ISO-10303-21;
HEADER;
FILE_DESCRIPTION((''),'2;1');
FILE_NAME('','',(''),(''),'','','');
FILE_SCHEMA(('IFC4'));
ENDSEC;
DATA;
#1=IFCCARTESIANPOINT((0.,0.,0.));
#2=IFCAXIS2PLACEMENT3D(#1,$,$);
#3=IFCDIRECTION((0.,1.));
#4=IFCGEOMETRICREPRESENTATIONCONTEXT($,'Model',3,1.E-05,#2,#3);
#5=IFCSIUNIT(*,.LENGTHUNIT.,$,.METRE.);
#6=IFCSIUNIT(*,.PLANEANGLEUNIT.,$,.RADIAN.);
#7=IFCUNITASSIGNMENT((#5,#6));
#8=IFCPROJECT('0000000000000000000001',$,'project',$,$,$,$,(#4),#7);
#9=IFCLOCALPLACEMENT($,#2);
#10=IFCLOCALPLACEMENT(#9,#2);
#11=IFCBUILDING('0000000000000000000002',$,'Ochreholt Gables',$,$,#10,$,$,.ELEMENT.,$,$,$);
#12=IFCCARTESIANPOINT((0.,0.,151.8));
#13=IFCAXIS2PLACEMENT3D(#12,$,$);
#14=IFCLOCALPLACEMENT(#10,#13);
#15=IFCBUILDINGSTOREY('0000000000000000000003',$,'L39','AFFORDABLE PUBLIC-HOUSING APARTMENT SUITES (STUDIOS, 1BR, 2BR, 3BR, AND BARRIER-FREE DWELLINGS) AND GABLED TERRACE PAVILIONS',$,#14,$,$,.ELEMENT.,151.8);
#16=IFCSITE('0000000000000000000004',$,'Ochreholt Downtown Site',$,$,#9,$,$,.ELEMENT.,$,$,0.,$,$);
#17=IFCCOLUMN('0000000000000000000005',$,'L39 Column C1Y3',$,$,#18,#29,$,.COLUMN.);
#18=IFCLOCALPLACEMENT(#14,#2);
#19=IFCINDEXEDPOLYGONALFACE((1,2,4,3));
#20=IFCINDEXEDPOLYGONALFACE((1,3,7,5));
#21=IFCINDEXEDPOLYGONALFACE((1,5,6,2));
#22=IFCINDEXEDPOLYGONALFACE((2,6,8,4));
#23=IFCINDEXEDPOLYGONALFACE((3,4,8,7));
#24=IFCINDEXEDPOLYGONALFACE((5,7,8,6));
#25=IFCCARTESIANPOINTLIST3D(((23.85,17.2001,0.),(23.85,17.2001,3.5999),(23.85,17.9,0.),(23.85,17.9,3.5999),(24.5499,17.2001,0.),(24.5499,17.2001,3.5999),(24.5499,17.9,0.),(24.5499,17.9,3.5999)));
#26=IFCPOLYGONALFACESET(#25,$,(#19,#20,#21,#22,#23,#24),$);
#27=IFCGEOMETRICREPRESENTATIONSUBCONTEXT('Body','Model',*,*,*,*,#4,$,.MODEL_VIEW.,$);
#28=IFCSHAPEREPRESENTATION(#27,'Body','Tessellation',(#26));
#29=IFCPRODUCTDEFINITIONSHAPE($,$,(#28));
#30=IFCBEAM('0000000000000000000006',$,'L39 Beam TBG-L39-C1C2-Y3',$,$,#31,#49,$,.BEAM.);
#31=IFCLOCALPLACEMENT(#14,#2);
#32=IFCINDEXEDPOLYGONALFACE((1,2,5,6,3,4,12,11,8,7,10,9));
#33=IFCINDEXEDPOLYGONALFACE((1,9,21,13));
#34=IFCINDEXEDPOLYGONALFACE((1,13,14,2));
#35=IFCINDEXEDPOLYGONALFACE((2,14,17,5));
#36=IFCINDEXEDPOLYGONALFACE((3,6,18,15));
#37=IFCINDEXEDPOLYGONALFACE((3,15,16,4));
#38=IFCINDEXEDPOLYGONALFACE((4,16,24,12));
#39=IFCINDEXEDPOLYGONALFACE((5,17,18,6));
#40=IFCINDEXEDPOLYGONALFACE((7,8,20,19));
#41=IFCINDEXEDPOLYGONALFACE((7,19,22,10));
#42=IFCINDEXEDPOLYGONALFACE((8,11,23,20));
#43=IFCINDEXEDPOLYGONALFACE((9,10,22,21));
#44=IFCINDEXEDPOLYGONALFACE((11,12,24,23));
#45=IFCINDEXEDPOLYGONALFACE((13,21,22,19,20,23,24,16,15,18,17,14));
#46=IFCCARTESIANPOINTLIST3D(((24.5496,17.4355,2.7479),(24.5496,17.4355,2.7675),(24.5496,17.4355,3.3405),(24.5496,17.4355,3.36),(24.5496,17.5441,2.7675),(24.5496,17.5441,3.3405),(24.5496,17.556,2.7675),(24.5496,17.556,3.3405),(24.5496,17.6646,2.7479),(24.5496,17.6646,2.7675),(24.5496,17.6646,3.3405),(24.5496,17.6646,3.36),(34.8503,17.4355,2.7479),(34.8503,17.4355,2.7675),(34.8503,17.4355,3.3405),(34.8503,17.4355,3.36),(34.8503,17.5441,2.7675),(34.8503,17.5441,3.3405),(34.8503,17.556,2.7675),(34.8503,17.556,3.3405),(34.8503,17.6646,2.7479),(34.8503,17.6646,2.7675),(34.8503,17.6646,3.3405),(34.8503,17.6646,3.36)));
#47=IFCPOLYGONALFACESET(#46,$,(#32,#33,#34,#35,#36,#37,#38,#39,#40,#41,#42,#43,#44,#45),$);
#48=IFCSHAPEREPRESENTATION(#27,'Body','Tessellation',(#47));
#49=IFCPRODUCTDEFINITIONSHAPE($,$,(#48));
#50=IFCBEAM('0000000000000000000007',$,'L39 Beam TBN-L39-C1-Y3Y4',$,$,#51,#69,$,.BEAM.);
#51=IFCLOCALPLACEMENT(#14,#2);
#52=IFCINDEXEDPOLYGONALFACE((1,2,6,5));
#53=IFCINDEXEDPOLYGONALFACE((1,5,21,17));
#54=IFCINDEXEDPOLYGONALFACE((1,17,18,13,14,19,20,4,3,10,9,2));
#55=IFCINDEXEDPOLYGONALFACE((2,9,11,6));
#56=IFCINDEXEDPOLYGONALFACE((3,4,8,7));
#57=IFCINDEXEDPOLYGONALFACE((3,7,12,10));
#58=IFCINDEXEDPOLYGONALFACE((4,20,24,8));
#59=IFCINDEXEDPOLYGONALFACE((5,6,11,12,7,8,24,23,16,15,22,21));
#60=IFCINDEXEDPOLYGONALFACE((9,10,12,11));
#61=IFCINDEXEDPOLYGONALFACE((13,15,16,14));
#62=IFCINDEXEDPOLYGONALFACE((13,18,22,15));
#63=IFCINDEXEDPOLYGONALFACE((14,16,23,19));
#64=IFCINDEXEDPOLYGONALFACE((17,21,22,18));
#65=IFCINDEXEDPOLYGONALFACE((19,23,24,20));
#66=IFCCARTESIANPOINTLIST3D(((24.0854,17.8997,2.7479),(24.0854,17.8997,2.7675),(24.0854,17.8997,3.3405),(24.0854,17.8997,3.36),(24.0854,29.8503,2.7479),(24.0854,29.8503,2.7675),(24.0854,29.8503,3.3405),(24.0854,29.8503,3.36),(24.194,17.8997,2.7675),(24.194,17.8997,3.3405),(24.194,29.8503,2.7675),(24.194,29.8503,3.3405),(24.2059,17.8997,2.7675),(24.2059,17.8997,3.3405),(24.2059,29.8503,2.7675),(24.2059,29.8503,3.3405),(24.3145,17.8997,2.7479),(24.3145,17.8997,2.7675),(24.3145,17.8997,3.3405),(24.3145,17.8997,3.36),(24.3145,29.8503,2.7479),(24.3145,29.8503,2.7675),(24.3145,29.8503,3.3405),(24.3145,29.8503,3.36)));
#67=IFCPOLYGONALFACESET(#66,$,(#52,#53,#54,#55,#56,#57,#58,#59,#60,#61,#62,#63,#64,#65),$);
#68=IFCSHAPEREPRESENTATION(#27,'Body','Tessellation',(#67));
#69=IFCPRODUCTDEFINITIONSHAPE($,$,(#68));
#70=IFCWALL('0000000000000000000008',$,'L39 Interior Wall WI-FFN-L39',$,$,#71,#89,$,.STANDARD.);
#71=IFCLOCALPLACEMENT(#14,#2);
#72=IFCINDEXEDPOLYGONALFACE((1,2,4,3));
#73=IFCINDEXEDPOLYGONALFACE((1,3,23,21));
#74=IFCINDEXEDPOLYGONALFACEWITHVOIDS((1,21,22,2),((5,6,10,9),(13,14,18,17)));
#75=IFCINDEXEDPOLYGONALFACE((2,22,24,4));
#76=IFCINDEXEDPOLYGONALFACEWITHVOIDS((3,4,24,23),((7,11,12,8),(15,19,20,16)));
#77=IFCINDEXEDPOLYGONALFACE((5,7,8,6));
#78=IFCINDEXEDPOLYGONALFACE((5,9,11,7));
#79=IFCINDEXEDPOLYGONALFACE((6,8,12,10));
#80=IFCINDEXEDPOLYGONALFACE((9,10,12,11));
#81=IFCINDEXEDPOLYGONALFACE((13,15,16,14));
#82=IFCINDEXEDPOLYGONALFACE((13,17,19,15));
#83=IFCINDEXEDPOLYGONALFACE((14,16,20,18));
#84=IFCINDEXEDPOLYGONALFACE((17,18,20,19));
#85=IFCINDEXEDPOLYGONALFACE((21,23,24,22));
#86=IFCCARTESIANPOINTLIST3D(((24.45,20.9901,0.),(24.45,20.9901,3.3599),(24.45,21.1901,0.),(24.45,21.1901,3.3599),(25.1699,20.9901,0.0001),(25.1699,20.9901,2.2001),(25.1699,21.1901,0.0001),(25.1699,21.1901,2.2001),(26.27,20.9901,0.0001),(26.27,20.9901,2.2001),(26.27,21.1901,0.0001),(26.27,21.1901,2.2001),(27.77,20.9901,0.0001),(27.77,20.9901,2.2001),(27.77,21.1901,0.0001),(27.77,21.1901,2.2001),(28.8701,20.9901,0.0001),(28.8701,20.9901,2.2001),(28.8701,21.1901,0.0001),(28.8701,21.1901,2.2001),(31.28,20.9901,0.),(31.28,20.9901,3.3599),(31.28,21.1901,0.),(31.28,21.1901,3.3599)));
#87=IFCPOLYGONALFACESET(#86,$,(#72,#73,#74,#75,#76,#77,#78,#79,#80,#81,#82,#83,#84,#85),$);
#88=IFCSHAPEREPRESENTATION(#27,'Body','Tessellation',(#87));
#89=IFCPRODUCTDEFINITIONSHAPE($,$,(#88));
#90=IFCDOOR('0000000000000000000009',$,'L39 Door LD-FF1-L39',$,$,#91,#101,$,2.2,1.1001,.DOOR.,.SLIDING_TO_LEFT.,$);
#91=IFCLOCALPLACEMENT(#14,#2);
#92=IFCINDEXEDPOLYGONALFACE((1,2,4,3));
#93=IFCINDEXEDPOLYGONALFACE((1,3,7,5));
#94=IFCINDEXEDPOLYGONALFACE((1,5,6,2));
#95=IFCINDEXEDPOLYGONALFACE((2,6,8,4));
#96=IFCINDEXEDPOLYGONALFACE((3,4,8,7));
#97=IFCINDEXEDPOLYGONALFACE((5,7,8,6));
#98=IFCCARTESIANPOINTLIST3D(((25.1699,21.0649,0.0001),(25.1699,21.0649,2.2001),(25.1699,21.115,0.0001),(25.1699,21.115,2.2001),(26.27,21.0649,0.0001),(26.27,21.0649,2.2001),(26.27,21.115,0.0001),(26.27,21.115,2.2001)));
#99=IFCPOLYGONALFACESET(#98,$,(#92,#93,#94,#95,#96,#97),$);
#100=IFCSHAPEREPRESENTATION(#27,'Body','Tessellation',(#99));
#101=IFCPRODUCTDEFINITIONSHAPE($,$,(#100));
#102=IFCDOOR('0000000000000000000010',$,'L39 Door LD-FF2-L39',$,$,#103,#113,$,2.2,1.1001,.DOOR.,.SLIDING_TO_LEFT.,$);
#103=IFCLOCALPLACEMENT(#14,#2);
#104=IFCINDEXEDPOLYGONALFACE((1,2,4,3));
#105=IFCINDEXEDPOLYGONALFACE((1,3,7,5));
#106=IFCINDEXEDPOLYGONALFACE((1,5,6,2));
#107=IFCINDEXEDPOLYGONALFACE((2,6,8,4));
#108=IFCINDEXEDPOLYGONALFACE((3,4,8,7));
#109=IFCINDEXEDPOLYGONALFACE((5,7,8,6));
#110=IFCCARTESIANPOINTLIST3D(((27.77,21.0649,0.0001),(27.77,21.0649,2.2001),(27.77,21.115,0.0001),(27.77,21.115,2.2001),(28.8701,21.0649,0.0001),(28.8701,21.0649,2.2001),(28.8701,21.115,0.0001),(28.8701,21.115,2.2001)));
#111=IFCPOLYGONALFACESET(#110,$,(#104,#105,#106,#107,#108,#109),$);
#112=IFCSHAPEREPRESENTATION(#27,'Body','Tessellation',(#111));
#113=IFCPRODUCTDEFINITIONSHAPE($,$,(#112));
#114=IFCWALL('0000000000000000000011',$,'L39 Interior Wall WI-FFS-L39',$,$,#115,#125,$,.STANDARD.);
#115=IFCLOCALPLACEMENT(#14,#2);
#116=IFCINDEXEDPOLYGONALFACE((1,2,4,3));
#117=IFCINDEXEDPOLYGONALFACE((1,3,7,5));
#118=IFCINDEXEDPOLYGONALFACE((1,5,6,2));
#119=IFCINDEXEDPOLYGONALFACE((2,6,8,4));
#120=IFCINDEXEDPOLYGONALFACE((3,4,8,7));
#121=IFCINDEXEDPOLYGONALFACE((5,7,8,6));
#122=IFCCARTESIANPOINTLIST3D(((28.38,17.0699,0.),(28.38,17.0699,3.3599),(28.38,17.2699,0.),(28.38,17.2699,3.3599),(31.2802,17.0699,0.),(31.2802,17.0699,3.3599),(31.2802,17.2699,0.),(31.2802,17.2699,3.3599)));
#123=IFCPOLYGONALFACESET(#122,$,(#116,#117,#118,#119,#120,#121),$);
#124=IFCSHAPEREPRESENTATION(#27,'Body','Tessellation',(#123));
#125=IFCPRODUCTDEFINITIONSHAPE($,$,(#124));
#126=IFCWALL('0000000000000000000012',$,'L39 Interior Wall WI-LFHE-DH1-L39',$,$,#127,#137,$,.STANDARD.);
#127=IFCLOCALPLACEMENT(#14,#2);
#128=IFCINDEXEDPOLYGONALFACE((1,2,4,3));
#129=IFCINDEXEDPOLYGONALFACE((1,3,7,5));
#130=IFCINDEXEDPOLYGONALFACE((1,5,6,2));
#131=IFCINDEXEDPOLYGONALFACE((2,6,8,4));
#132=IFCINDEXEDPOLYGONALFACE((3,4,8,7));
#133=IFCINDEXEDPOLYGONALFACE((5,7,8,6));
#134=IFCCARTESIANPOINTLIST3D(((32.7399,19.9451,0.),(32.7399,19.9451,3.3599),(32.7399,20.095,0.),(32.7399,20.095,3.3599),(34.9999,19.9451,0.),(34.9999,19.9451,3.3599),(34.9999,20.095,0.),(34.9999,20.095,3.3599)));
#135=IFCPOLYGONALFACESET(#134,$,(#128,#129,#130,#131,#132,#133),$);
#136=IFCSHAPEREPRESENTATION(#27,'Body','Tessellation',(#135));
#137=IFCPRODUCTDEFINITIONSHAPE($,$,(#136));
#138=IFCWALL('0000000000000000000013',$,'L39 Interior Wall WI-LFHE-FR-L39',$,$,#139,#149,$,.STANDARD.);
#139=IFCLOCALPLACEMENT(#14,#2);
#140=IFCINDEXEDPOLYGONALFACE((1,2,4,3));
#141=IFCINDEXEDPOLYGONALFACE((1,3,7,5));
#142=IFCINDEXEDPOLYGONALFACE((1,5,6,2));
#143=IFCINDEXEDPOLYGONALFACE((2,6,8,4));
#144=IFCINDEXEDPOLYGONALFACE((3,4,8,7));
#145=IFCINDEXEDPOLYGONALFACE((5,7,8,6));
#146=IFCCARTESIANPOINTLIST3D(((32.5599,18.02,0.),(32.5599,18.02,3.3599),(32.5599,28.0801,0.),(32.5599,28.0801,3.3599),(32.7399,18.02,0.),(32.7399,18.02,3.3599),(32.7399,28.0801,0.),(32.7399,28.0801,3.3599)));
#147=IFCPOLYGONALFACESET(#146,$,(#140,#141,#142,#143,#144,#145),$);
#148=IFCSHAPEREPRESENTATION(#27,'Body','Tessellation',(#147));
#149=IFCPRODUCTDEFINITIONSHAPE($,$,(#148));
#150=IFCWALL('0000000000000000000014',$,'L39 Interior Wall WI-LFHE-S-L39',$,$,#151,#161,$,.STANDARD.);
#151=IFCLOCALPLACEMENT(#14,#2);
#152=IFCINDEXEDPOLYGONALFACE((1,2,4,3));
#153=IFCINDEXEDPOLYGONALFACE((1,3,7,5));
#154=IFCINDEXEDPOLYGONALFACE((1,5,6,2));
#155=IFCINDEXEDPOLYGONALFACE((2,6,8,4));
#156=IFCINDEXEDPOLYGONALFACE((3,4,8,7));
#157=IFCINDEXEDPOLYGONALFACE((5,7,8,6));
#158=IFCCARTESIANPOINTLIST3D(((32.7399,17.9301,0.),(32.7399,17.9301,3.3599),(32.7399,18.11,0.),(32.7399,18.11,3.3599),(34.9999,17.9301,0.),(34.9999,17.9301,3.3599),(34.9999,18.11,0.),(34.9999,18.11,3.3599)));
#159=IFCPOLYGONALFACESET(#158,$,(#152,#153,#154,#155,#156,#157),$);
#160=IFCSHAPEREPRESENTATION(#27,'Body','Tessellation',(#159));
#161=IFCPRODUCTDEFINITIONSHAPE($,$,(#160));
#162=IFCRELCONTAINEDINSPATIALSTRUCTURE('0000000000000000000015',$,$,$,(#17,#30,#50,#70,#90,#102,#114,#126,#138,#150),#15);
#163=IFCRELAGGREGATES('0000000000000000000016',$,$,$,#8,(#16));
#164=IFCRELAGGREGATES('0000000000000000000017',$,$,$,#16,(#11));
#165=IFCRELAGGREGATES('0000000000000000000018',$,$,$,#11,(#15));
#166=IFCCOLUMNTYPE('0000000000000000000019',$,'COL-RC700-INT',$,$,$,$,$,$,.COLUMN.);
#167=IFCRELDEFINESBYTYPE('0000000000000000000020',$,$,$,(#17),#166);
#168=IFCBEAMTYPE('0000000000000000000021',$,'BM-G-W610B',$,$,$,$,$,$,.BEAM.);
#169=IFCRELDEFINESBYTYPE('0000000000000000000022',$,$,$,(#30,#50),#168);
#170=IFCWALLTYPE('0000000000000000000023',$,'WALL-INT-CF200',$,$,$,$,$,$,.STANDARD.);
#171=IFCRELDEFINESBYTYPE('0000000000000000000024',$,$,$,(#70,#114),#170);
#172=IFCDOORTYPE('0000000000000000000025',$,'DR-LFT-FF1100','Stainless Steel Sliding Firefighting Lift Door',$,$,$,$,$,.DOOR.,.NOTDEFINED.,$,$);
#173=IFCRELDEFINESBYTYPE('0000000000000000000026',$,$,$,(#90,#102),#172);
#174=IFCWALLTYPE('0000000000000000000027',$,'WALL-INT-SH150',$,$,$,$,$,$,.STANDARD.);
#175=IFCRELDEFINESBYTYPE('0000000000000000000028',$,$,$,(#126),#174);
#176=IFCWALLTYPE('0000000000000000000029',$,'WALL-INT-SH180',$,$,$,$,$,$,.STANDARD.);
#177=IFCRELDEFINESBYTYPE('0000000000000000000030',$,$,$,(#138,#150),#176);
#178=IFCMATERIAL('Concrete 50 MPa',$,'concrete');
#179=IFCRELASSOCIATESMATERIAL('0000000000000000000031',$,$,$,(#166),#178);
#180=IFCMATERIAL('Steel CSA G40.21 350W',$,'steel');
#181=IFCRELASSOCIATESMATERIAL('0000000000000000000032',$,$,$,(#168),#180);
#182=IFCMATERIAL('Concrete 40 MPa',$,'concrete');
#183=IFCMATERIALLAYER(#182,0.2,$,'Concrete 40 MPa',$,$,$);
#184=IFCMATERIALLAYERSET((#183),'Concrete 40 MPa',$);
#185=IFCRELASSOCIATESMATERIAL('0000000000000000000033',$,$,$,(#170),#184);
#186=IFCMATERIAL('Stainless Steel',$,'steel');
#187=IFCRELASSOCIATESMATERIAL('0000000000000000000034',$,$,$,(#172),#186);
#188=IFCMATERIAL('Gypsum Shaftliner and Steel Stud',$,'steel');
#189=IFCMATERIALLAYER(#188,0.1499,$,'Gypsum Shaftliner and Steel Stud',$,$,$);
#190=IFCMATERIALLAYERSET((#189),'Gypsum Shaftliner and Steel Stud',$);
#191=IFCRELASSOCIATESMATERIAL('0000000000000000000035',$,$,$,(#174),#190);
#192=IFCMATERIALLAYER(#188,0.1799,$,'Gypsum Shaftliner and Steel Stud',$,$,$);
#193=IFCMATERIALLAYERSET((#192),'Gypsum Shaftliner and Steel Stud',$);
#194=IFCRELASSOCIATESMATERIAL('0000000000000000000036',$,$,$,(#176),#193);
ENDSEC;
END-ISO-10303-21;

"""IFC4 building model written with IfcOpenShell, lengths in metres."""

from ifc_helpers import new_model, si_unit, direction, frame, frame_2d, origin, origin_2d, place, context, subcontext, project, spatial, rectangle, i_section, extrude, material, layer, layer_set, material_profile, profile_set, type_object, element, fill, save


model = new_model("IFC4")

# Units and contexts
model_context = context("Model", 3, precision=1e-05, world=origin(), true_north=direction((0.0, 1.0)))
body_context = subcontext(model_context, "Body", "Model", "MODEL_VIEW")
ifc_project = project(units=[si_unit("LENGTHUNIT", "METRE"), si_unit("PLANEANGLEUNIT", "RADIAN")], contexts=[model_context])

# Site, building, storey
site_placement = place(None, origin())
site = spatial("IfcSite", under=ifc_project, at=site_placement, Name="Ochreholt Downtown Site", CompositionType="ELEMENT", RefElevation=0.0)
building_placement = place(site_placement, origin())
building = spatial("IfcBuilding", under=site, at=building_placement, Name="Ochreholt Gables", CompositionType="ELEMENT")
storey_placement = place(building_placement, frame((0.0, 0.0, 151.8)))
storey = spatial("IfcBuildingStorey", under=building, at=storey_placement, Name="L39", Description="AFFORDABLE PUBLIC-HOUSING APARTMENT SUITES (STUDIOS, 1BR, 2BR, 3BR, AND BARRIER-FREE DWELLINGS) AND GABLED TERRACE PAVILIONS", CompositionType="ELEMENT", Elevation=151.8)

# Column
ifc_material_1 = material(Name="Concrete 50 MPa", Category="concrete")
ifc_material_profile_1 = material_profile(ifc_material_1, rectangle(XDim=0.7, YDim=0.7, at=origin_2d()), Name="RC700X700")
ifc_profile_set_1 = profile_set([ifc_material_profile_1], Name="Concrete 50 MPa")
column_type = type_object("IfcColumnType", Name="COL-RC700-INT", PredefinedType="COLUMN", material=ifc_profile_set_1)
column_placement = place(storey_placement, frame((24.2, 17.55, 0.0), z_axis=(0.0, 0.0, 1.0), x_axis=(1.0, 0.0, 0.0)))
element("IfcColumn", 1, at=column_placement, inside=storey, type_object=column_type, Name="L39 Column C1Y3", PredefinedType="COLUMN", context=body_context, shape_type="SweptSolid", body=[
    extrude(rectangle(XDim=0.7, YDim=0.7, at=origin_2d()), origin(), (0.0, 0.0, 1.0), 3.5999),
])

# Beams
ifc_material_2 = material(Name="Steel CSA G40.21 350W", Category="steel")
ifc_material_profile_2 = material_profile(ifc_material_2, i_section(OverallWidth=0.229, OverallDepth=0.6121, WebThickness=0.012, FlangeThickness=0.0195, at=origin_2d()), Name="W610X125")
ifc_profile_set_2 = profile_set([ifc_material_profile_2], Name="Steel CSA G40.21 350W")
beam_type = type_object("IfcBeamType", Name="BM-G-W610B", PredefinedType="BEAM", material=ifc_profile_set_2)
beam_1_placement = place(storey_placement, frame((24.5496, 17.55, 3.054), z_axis=(1.0, 0.0, 0.0), x_axis=(0.0, 1.0, 0.0)))
element("IfcBeam", 2, at=beam_1_placement, inside=storey, type_object=beam_type, Name="L39 Beam TBG-L39-C1C2-Y3", PredefinedType="BEAM", context=body_context, shape_type="SweptSolid", body=[
    extrude(i_section(OverallWidth=0.229, OverallDepth=0.6121, WebThickness=0.012, FlangeThickness=0.0195, at=origin_2d()), origin(), (0.0, 0.0, 1.0), 10.3008),
])
beam_2_placement = place(storey_placement, frame((24.2, 17.8997, 3.054), z_axis=(0.0, 1.0, 0.0), x_axis=(-1.0, 0.0, 0.0)))
element("IfcBeam", 3, at=beam_2_placement, inside=storey, type_object=beam_type, Name="L39 Beam TBN-L39-C1-Y3Y4", PredefinedType="BEAM", context=body_context, shape_type="SweptSolid", body=[
    extrude(i_section(OverallWidth=0.229, OverallDepth=0.6121, WebThickness=0.012, FlangeThickness=0.0195, at=origin_2d()), origin(), (0.0, 0.0, 1.0), 11.9507),
])

# Wall, openings, doors
ifc_material_3 = material(Name="Concrete 40 MPa", Category="concrete")
ifc_layer_1 = layer(ifc_material_3, 0.2, Name="Concrete 40 MPa")
ifc_layer_set_1 = layer_set([ifc_layer_1], Name="Concrete 40 MPa")
wall_type_1 = type_object("IfcWallType", Name="WALL-INT-CF200", PredefinedType="STANDARD", material=ifc_layer_set_1)
wall_1_placement = place(storey_placement, frame((24.45, 21.0901, 0.0), z_axis=(0.0, 0.0, 1.0), x_axis=(1.0, 0.0, 0.0)))
wall_1 = element("IfcWall", 4, at=wall_1_placement, inside=storey, type_object=wall_type_1, Name="L39 Interior Wall WI-FFN-L39", PredefinedType="STANDARD", context=body_context, shape_type="SweptSolid", body=[
    extrude(rectangle(XDim=6.8301, YDim=0.2, at=frame_2d((3.415, 0.0))), origin(), (0.0, 0.0, 1.0), 3.3599),
])
opening_1_placement = place(wall_1_placement, frame((0.72, 0.0, 0.0)))
opening_1 = element("IfcOpeningElement", 5, at=opening_1_placement, cuts=wall_1, PredefinedType="OPENING", context=body_context, shape_type="SweptSolid", body=[
    extrude(rectangle(XDim=1.1001, YDim=2.2, at=frame_2d((0.55, 1.1001))), frame((0.0, 0.1099, 0.0), z_axis=(0.0, -1.0, 0.0), x_axis=(1.0, 0.0, 0.0)), (0.0, 0.0, 1.0), 0.22),
])
opening_2_placement = place(wall_1_placement, frame((3.3201, 0.0, 0.0)))
opening_2 = element("IfcOpeningElement", 6, at=opening_2_placement, cuts=wall_1, PredefinedType="OPENING", context=body_context, shape_type="SweptSolid", body=[
    extrude(rectangle(XDim=1.1001, YDim=2.2, at=frame_2d((0.55, 1.1001))), frame((0.0, 0.1099, 0.0), z_axis=(0.0, -1.0, 0.0), x_axis=(1.0, 0.0, 0.0)), (0.0, 0.0, 1.0), 0.22),
])
ifc_material_4 = material(Name="Stainless Steel", Category="steel")
door_type_1 = type_object("IfcDoorType", Name="DR-LFT-FF1100", Description="Stainless Steel Sliding Firefighting Lift Door", OperationType="NOTDEFINED", PredefinedType="DOOR", material=ifc_material_4)
door_1_placement = place(opening_1_placement, origin())
door_1 = element("IfcDoor", 7, at=door_1_placement, inside=storey, type_object=door_type_1, Name="L39 Door LD-FF1-L39", OperationType="SLIDING_TO_LEFT", OverallHeight=2.2, OverallWidth=1.1001, PredefinedType="DOOR", context=body_context, shape_type="SweptSolid", body=[
    extrude(rectangle(XDim=1.1001, YDim=2.2, at=frame_2d((0.55, 1.1001))), frame((0.0, 0.0249, 0.0), z_axis=(0.0, -1.0, 0.0), x_axis=(1.0, 0.0, 0.0)), (0.0, 0.0, 1.0), 0.05),
])
fill(opening_1, door_1)
door_2_placement = place(opening_2_placement, origin())
door_2 = element("IfcDoor", 8, at=door_2_placement, inside=storey, type_object=door_type_1, Name="L39 Door LD-FF2-L39", OperationType="SLIDING_TO_LEFT", OverallHeight=2.2, OverallWidth=1.1001, PredefinedType="DOOR", context=body_context, shape_type="SweptSolid", body=[
    extrude(rectangle(XDim=1.1001, YDim=2.2, at=frame_2d((0.55, 1.1001))), frame((0.0, 0.0249, 0.0), z_axis=(0.0, -1.0, 0.0), x_axis=(1.0, 0.0, 0.0)), (0.0, 0.0, 1.0), 0.05),
])
fill(opening_2, door_2)

# Wall
wall_2_placement = place(storey_placement, frame((28.3799, 17.1699, 0.0), z_axis=(0.0, 0.0, 1.0), x_axis=(1.0, 0.0, 0.0)))
element("IfcWall", 9, at=wall_2_placement, inside=storey, type_object=wall_type_1, Name="L39 Interior Wall WI-FFS-L39", PredefinedType="STANDARD", context=body_context, shape_type="SweptSolid", body=[
    extrude(rectangle(XDim=2.9001, YDim=0.2, at=frame_2d((1.4502, 0.0))), origin(), (0.0, 0.0, 1.0), 3.3599),
])

# Walls
ifc_material_5 = material(Name="Gypsum Shaftliner and Steel Stud", Category="steel")
ifc_layer_2 = layer(ifc_material_5, 0.1499, Name="Gypsum Shaftliner and Steel Stud")
ifc_layer_set_2 = layer_set([ifc_layer_2], Name="Gypsum Shaftliner and Steel Stud")
wall_type_2 = type_object("IfcWallType", Name="WALL-INT-SH150", PredefinedType="STANDARD", material=ifc_layer_set_2)
wall_3_placement = place(storey_placement, frame((32.74, 20.02, 0.0), z_axis=(0.0, 0.0, 1.0), x_axis=(1.0, 0.0, 0.0)))
element("IfcWall", 10, at=wall_3_placement, inside=storey, type_object=wall_type_2, Name="L39 Interior Wall WI-LFHE-DH1-L39", PredefinedType="STANDARD", context=body_context, shape_type="SweptSolid", body=[
    extrude(rectangle(XDim=2.26, YDim=0.1499, at=frame_2d((1.1299, 0.0))), origin(), (0.0, 0.0, 1.0), 3.3599),
])
ifc_layer_3 = layer(ifc_material_5, 0.1799, Name="Gypsum Shaftliner and Steel Stud")
ifc_layer_set_3 = layer_set([ifc_layer_3], Name="Gypsum Shaftliner and Steel Stud")
wall_type_3 = type_object("IfcWallType", Name="WALL-INT-SH180", PredefinedType="STANDARD", material=ifc_layer_set_3)
wall_4_placement = place(storey_placement, frame((32.6499, 18.02, 0.0), z_axis=(0.0, 0.0, 1.0), x_axis=(0.0, 1.0, 0.0)))
element("IfcWall", 11, at=wall_4_placement, inside=storey, type_object=wall_type_3, Name="L39 Interior Wall WI-LFHE-FR-L39", PredefinedType="STANDARD", context=body_context, shape_type="SweptSolid", body=[
    extrude(rectangle(XDim=10.0601, YDim=0.1799, at=frame_2d((5.03, 0.0))), origin(), (0.0, 0.0, 1.0), 3.3599),
])
wall_5_placement = place(storey_placement, frame((32.74, 18.02, 0.0), z_axis=(0.0, 0.0, 1.0), x_axis=(1.0, 0.0, 0.0)))
element("IfcWall", 12, at=wall_5_placement, inside=storey, type_object=wall_type_3, Name="L39 Interior Wall WI-LFHE-S-L39", PredefinedType="STANDARD", context=body_context, shape_type="SweptSolid", body=[
    extrude(rectangle(XDim=2.26, YDim=0.1799, at=frame_2d((1.1299, 0.0))), origin(), (0.0, 0.0, 1.0), 3.3599),
])

save(model, "model.ifc")
